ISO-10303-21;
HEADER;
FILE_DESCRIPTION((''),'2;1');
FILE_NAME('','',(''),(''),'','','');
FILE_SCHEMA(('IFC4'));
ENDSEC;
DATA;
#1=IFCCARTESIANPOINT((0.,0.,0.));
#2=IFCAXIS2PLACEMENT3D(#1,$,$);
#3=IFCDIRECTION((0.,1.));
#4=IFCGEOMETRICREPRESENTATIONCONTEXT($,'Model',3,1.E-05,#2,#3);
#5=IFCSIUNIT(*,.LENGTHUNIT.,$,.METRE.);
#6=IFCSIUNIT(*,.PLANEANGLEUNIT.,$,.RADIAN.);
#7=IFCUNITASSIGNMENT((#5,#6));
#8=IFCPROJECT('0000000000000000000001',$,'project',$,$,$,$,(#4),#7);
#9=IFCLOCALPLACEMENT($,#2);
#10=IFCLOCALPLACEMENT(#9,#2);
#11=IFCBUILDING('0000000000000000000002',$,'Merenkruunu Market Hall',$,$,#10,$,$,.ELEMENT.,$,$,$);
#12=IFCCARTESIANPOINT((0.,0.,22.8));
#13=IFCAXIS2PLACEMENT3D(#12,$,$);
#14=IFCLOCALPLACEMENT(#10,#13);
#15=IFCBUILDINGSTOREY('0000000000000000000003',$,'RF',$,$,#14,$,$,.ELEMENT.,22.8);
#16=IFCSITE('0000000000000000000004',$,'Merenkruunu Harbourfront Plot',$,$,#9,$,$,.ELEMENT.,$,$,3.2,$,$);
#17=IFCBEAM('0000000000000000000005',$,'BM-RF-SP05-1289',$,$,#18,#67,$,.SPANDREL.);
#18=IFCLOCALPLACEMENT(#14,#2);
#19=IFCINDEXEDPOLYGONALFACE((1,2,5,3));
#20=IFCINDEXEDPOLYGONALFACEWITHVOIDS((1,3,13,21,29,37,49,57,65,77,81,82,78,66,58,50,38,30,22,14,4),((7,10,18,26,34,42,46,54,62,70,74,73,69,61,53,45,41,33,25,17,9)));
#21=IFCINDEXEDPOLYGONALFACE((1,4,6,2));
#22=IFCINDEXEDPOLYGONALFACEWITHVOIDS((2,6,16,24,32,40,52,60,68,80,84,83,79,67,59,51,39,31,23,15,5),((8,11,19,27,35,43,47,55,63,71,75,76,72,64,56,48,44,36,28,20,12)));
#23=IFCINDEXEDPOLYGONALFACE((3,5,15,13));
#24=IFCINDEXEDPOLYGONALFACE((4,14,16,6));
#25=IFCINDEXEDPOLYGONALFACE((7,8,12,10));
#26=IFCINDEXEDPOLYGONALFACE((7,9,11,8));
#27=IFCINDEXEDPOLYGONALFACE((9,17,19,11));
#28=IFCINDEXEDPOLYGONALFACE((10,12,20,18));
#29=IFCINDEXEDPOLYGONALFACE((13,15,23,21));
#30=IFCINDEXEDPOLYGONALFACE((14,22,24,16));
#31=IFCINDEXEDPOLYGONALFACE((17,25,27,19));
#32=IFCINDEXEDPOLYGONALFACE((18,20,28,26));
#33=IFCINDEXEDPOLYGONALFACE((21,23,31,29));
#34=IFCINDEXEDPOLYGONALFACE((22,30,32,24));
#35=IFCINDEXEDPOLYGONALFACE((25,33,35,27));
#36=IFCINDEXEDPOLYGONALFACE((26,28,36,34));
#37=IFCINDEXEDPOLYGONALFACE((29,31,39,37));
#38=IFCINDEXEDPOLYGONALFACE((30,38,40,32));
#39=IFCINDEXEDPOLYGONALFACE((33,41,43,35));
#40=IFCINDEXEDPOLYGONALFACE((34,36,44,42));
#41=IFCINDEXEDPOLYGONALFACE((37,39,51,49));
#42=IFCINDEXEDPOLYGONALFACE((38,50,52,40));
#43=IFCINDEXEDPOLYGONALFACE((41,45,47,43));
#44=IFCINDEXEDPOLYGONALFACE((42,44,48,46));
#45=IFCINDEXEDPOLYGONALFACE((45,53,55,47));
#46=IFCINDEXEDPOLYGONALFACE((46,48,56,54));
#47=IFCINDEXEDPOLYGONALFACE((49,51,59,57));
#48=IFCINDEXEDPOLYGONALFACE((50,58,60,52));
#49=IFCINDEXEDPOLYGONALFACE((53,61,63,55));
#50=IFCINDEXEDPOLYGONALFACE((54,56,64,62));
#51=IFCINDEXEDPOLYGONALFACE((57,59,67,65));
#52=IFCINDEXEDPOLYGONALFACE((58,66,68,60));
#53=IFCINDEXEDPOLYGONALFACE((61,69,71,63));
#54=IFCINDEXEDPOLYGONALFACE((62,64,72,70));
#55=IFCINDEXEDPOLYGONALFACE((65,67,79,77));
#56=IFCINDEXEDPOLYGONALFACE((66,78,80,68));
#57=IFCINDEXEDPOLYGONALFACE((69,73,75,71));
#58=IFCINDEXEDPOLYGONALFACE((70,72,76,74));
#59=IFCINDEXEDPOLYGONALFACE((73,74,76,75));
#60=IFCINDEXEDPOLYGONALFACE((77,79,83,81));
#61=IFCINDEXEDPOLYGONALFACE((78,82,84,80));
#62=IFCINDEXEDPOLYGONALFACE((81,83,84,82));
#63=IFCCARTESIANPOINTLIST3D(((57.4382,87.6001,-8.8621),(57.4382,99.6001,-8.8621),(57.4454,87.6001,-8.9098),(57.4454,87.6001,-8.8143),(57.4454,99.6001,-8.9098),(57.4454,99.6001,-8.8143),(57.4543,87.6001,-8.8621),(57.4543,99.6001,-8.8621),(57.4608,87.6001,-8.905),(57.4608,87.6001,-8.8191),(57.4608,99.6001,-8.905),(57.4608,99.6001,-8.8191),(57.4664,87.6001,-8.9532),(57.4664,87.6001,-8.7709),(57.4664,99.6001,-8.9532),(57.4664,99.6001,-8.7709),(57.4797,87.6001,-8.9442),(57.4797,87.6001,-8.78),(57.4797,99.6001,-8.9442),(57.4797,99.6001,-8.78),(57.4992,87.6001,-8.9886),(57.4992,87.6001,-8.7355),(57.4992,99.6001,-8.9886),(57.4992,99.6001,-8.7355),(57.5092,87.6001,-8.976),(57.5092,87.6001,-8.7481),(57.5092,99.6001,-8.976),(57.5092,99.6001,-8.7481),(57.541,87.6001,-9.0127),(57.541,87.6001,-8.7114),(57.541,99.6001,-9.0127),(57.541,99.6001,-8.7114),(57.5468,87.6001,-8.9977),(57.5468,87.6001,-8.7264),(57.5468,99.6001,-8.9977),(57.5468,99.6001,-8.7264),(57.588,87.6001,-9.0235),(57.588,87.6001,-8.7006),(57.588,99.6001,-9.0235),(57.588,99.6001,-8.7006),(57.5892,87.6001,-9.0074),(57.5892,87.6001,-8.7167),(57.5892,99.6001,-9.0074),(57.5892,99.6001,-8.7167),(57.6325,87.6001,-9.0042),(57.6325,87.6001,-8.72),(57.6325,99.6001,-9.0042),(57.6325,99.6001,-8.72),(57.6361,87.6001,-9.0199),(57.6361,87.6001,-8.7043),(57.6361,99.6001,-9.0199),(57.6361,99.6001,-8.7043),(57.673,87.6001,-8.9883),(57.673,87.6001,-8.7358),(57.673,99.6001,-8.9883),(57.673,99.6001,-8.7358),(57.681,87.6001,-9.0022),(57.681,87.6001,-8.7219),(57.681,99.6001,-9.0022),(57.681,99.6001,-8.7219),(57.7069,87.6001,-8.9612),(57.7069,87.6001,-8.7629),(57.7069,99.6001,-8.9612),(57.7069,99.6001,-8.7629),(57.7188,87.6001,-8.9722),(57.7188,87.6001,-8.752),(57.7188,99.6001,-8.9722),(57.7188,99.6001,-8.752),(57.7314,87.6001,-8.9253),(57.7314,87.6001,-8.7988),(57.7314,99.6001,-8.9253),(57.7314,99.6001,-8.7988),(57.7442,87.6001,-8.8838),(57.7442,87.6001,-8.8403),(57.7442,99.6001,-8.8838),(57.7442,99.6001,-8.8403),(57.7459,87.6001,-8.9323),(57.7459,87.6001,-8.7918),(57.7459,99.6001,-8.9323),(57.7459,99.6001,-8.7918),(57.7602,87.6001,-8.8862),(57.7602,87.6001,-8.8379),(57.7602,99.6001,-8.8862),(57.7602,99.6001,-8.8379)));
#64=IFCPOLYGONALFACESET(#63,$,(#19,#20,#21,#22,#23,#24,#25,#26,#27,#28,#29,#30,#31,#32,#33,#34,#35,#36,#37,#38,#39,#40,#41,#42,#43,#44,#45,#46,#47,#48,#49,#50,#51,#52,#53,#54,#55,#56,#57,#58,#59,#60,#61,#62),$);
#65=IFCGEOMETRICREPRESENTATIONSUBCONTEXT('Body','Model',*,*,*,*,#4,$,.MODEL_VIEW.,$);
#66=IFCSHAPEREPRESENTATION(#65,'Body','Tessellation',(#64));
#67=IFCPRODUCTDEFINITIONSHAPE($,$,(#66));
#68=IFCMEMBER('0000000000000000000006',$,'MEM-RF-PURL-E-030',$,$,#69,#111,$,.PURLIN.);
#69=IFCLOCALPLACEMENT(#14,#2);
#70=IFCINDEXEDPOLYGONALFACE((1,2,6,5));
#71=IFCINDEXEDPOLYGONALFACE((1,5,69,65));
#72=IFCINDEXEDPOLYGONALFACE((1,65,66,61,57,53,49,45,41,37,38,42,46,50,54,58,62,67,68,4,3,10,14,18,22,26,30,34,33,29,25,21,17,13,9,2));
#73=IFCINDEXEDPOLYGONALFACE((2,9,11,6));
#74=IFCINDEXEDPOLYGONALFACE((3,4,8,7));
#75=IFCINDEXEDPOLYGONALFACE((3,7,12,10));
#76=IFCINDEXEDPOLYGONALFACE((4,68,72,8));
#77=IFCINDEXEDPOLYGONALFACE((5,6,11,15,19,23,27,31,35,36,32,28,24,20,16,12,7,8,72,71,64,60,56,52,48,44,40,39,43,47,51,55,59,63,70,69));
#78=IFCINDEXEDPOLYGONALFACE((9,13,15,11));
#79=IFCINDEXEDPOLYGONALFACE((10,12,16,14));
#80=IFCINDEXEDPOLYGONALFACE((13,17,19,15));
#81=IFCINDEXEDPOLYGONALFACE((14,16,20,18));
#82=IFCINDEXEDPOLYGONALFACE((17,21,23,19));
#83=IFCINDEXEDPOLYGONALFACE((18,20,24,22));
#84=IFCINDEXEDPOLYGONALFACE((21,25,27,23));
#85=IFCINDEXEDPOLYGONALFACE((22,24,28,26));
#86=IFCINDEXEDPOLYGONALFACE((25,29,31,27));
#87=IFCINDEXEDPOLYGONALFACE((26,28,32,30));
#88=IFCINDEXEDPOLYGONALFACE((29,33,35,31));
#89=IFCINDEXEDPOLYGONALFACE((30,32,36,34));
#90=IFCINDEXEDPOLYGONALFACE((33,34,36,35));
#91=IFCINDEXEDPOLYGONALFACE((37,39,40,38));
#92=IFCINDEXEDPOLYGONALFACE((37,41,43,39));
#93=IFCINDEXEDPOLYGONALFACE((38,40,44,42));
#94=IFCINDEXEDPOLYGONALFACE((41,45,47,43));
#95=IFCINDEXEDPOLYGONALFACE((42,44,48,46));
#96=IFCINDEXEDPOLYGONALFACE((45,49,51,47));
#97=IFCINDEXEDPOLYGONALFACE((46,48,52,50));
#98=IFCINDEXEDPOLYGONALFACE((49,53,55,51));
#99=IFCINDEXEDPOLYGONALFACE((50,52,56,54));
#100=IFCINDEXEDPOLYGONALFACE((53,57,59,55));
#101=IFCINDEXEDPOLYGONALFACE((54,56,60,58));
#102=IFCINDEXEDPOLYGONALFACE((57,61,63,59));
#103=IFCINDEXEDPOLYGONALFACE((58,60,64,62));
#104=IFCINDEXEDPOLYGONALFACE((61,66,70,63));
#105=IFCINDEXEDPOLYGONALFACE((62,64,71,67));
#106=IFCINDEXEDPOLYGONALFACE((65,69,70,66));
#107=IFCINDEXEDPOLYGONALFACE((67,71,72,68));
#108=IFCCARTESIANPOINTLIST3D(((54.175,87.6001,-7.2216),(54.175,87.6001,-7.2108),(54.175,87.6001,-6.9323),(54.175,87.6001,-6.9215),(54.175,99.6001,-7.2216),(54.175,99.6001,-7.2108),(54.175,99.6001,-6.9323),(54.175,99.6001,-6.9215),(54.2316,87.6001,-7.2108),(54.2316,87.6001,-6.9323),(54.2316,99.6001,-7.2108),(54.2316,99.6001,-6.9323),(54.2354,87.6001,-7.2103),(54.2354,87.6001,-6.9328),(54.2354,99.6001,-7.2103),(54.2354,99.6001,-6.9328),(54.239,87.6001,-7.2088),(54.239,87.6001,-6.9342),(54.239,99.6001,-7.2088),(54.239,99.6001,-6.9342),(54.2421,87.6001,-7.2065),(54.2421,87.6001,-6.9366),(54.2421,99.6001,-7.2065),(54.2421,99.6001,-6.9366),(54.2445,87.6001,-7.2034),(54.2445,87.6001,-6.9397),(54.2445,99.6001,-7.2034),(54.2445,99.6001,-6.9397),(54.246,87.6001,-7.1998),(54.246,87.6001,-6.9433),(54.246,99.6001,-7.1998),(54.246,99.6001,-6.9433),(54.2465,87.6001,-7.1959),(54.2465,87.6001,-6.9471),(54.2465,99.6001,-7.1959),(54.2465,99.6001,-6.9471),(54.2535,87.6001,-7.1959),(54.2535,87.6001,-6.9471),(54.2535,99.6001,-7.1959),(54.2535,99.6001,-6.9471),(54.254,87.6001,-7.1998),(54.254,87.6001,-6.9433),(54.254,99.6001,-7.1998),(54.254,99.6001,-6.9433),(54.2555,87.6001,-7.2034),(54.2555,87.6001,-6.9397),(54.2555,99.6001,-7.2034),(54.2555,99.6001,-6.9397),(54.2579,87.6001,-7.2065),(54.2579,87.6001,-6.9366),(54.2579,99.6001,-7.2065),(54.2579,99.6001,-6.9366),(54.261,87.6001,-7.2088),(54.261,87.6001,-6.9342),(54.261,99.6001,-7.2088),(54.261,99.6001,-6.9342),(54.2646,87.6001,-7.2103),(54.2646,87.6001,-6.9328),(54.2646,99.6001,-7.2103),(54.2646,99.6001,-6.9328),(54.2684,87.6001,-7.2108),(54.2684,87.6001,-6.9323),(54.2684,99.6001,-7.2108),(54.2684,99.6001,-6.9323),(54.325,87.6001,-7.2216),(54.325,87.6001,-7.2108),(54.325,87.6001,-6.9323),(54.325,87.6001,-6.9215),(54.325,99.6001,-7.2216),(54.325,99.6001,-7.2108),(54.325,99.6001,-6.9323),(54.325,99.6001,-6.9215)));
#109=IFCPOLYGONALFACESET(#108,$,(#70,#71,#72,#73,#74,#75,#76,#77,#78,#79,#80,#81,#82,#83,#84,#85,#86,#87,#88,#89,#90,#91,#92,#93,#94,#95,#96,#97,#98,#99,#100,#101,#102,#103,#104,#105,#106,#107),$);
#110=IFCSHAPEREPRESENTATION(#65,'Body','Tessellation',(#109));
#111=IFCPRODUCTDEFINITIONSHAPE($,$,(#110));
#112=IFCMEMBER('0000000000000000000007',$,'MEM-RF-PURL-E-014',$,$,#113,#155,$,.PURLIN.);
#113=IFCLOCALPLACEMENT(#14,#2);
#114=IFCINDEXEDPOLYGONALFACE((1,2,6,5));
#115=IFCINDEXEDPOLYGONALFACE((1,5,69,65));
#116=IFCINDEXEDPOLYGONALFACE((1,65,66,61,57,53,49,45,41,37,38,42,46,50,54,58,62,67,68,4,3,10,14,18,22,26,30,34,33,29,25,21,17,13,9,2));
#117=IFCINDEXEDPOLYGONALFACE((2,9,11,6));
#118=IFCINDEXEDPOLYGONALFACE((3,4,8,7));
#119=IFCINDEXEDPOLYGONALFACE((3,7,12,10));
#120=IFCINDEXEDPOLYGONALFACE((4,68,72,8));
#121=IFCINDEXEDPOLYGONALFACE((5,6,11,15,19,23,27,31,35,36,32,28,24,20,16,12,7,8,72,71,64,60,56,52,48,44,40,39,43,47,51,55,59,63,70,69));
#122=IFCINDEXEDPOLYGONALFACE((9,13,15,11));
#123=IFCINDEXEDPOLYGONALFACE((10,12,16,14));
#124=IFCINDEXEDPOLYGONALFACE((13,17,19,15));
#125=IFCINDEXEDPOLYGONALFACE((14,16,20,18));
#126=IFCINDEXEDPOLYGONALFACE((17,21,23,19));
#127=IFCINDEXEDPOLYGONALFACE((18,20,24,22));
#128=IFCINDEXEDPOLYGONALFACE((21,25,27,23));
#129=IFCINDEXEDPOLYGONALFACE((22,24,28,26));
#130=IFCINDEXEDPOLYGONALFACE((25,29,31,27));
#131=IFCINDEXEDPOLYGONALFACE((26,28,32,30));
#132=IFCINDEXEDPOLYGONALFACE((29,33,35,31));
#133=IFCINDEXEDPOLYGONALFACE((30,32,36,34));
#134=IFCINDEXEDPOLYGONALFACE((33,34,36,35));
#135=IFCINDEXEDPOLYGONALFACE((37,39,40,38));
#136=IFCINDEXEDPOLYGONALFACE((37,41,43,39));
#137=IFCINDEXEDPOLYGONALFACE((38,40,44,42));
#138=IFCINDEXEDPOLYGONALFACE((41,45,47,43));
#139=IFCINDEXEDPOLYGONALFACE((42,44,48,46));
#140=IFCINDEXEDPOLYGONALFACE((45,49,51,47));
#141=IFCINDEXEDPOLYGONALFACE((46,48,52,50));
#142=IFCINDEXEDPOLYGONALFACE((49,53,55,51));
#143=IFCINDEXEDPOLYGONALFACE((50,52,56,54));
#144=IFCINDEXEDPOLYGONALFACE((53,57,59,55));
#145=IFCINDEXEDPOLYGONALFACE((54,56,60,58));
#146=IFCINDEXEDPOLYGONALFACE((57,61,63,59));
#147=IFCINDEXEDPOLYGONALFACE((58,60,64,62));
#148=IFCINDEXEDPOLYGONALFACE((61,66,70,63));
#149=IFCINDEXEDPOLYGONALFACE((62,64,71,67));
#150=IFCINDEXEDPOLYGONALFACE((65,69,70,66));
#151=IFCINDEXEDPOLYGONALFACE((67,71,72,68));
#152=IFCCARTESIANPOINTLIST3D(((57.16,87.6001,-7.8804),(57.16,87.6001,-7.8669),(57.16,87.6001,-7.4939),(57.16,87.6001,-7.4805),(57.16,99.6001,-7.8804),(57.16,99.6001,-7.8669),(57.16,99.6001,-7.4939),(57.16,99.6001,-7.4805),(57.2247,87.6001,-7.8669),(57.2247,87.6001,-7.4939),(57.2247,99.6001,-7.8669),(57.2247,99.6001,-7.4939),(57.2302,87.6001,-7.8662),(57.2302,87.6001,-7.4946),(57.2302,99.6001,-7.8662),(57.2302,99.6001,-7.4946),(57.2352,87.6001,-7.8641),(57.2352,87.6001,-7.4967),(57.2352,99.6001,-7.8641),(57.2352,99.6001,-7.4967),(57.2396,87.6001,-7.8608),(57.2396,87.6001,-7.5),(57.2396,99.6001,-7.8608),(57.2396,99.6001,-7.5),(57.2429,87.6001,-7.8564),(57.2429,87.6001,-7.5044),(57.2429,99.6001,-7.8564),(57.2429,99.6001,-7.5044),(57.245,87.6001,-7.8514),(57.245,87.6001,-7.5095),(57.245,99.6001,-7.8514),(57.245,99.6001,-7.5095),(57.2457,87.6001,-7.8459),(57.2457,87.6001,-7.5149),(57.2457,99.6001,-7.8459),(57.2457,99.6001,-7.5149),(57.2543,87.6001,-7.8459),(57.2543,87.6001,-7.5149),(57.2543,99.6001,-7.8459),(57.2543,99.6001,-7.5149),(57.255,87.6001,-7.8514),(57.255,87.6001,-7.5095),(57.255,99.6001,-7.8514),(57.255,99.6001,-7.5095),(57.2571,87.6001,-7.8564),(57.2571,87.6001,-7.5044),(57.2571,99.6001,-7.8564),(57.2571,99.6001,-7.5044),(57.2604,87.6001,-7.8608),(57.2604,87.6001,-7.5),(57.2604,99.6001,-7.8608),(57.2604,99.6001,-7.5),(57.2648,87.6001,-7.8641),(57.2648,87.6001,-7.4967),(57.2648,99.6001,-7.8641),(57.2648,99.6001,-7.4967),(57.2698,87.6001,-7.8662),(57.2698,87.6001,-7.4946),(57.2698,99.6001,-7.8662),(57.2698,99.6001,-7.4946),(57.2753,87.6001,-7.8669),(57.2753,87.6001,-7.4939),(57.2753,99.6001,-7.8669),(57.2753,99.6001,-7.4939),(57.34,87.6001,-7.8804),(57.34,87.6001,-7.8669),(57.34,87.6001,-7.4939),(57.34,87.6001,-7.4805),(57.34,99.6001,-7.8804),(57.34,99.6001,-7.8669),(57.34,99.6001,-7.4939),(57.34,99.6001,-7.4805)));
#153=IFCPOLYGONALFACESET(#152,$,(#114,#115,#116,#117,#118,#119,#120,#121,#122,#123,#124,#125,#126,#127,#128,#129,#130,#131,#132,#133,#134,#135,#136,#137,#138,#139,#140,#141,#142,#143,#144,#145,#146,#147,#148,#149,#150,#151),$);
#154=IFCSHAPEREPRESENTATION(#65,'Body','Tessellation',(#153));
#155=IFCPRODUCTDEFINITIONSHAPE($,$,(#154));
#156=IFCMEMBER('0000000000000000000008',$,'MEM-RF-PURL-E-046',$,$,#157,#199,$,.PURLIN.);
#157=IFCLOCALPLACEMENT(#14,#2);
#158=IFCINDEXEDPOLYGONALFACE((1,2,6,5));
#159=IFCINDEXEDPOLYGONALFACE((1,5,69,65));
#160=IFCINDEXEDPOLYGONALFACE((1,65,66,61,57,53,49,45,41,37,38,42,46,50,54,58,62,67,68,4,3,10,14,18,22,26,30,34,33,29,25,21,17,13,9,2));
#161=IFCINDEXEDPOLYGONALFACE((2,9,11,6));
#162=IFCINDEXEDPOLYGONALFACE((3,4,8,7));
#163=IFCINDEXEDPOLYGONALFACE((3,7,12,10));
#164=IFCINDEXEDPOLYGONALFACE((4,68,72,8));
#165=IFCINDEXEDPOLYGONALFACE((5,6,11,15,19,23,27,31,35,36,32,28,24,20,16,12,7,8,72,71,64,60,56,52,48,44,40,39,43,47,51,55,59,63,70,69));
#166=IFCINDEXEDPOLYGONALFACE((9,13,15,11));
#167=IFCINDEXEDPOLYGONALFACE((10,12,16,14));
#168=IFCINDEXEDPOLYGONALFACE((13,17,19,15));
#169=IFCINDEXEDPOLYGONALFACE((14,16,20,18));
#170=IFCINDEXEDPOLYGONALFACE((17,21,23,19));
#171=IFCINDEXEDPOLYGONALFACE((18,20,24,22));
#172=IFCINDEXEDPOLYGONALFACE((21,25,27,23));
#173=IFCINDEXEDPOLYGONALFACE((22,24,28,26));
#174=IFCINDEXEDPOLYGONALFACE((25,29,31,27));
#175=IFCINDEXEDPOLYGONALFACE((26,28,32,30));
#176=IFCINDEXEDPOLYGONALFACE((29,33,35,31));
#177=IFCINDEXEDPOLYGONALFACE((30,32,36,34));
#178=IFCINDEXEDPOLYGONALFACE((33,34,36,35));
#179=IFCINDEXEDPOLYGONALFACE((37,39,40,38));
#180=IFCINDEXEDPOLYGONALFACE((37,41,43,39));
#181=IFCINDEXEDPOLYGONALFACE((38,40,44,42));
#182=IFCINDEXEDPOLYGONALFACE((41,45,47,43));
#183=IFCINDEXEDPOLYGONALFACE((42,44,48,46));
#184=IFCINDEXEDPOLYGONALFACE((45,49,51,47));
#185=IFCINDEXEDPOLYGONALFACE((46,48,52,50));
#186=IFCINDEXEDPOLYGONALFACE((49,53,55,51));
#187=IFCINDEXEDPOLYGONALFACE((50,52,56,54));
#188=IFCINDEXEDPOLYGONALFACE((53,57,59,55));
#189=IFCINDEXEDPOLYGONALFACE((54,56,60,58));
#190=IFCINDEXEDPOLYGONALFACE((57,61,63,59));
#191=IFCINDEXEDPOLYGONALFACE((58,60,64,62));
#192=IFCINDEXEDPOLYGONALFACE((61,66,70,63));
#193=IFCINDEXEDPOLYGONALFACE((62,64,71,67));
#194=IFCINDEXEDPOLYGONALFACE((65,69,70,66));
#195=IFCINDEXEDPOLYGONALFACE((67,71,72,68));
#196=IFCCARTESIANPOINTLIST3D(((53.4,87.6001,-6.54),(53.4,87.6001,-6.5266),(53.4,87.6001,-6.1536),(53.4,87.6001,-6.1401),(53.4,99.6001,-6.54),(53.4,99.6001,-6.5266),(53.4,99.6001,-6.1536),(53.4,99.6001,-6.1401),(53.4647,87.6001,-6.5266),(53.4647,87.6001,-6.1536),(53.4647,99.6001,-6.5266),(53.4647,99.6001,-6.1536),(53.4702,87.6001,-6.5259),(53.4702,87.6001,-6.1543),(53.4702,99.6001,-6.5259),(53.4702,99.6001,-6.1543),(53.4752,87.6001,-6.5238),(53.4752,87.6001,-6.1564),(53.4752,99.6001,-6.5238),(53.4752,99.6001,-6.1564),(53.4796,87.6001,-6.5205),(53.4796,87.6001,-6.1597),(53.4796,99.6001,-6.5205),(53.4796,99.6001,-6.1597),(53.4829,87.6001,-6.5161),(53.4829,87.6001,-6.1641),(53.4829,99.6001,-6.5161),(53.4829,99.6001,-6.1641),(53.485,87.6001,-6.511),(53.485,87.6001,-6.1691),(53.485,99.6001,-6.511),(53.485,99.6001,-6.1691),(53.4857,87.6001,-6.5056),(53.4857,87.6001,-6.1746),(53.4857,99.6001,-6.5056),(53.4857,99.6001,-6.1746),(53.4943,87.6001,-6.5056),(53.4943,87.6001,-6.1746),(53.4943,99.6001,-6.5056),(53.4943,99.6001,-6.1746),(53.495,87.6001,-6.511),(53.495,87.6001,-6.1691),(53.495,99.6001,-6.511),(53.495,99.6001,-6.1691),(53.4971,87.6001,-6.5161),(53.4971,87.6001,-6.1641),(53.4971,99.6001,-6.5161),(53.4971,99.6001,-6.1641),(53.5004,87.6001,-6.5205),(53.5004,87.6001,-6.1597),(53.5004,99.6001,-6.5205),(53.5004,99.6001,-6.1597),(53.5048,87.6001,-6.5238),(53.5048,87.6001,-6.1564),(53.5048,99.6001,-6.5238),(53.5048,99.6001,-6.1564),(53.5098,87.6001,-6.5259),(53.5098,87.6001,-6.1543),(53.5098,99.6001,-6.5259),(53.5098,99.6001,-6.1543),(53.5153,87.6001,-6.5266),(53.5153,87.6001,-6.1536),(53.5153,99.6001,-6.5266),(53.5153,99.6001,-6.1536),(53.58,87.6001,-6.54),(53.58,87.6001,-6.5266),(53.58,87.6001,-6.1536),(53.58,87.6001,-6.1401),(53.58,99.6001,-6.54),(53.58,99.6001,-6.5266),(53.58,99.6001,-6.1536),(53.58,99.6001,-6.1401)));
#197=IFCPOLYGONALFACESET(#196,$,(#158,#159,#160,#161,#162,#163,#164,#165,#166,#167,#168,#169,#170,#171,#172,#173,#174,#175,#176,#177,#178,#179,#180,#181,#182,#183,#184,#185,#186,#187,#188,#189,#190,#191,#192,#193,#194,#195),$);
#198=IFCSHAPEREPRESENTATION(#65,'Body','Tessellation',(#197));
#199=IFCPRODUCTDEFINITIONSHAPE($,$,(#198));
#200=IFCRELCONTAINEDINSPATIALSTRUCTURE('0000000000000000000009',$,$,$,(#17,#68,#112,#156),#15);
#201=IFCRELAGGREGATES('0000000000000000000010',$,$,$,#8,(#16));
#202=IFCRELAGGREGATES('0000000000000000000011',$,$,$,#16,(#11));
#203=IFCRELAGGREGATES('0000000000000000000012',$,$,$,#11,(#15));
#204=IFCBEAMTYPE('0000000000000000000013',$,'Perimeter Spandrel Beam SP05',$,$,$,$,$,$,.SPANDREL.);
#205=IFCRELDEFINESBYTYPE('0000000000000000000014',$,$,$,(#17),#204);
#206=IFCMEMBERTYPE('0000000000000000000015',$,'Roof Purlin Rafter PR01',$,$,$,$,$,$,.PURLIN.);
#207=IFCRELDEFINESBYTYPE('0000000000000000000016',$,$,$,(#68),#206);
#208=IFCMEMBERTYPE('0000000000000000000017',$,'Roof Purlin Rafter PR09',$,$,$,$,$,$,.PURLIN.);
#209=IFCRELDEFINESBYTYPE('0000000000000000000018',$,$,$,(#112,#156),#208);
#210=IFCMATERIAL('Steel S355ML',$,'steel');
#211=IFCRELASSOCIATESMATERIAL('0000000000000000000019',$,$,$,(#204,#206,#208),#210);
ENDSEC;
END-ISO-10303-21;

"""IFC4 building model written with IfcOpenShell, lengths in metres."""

from ifc_helpers import new_model, si_unit, direction, frame, origin, origin_2d, place, context, subcontext, project, spatial, hollow_circle, i_section, extrude, material, material_profile, profile_set, type_object, element, save


model = new_model("IFC4")

# Units and contexts
model_context = context("Model", 3, precision=1e-05, world=origin(), true_north=direction((0.0, 1.0)))
body_context = subcontext(model_context, "Body", "Model", "MODEL_VIEW")
ifc_project = project(units=[si_unit("LENGTHUNIT", "METRE"), si_unit("PLANEANGLEUNIT", "RADIAN")], contexts=[model_context])

# Site, building, storey
site_placement = place(None, origin())
site = spatial("IfcSite", under=ifc_project, at=site_placement, Name="Merenkruunu Harbourfront Plot", CompositionType="ELEMENT", RefElevation=3.2)
building_placement = place(site_placement, origin())
building = spatial("IfcBuilding", under=site, at=building_placement, Name="Merenkruunu Market Hall", CompositionType="ELEMENT")
storey_placement = place(building_placement, frame((0.0, 0.0, 22.8)))
storey = spatial("IfcBuildingStorey", under=building, at=storey_placement, Name="RF", CompositionType="ELEMENT", Elevation=22.8)

# Beam
ifc_material_1 = material(Name="Steel S355ML", Category="steel")
ifc_material_profile_1 = material_profile(ifc_material_1, hollow_circle(Radius=0.1619, WallThickness=0.0161, at=origin_2d()), Name="CHS 323.9x16")
ifc_profile_set_1 = profile_set([ifc_material_profile_1], Name="Steel S355ML")
beam_type = type_object("IfcBeamType", Name="Perimeter Spandrel Beam SP05", PredefinedType="SPANDREL", material=ifc_profile_set_1)
for number, where, z_axis, x_axis, name in (
    (1, (57.6001, 87.6001, -8.8621), (0.0, 1.0, 0.0), (-1.0, 0.0, 0.0), "BM-RF-SP05-1289"),
):
    element("IfcBeam", number, at=place(storey_placement, frame(where, z_axis=z_axis, x_axis=x_axis)), inside=storey, type_object=beam_type, Name=name, PredefinedType="SPANDREL", context=body_context, shape_type="SweptSolid", body=[
        extrude(hollow_circle(Radius=0.1619, WallThickness=0.0161, at=origin_2d()), origin(), (0.0, 0.0, 1.0), 12.0),
    ])

# Members
ifc_material_profile_2 = material_profile(ifc_material_1, i_section(OverallWidth=0.1499, OverallDepth=0.3, WebThickness=0.0071, FlangeThickness=0.0107, FilletRadius=0.0149, at=origin_2d()), Name="IPE 300")
ifc_profile_set_2 = profile_set([ifc_material_profile_2], Name="Steel S355ML")
member_type_1 = type_object("IfcMemberType", Name="Roof Purlin Rafter PR01", PredefinedType="PURLIN", material=ifc_profile_set_2)
member_1_placement = place(storey_placement, frame((54.25, 87.6001, -7.0715), z_axis=(0.0, 1.0, 0.0), x_axis=(-1.0, 0.0, 0.0)))
element("IfcMember", 2, at=member_1_placement, inside=storey, type_object=member_type_1, Name="MEM-RF-PURL-E-030", PredefinedType="PURLIN", context=body_context, shape_type="SweptSolid", body=[
    extrude(i_section(OverallWidth=0.1499, OverallDepth=0.3, WebThickness=0.0071, FlangeThickness=0.0107, FilletRadius=0.0149, at=origin_2d()), origin(), (0.0, 0.0, 1.0), 12.0),
])
ifc_material_profile_3 = material_profile(ifc_material_1, i_section(OverallWidth=0.1799, OverallDepth=0.3999, WebThickness=0.0085, FlangeThickness=0.0134, FilletRadius=0.021, at=origin_2d()), Name="IPE 400")
ifc_profile_set_3 = profile_set([ifc_material_profile_3], Name="Steel S355ML")
member_type_2 = type_object("IfcMemberType", Name="Roof Purlin Rafter PR09", PredefinedType="PURLIN", material=ifc_profile_set_3)
for number, where, z_axis, x_axis, name in (
    (3, (57.25, 87.6001, -7.6804), (0.0, 1.0, 0.0), (-1.0, 0.0, 0.0), "MEM-RF-PURL-E-014"),
    (4, (53.49, 87.6001, -6.3401), (0.0, 1.0, 0.0), (-1.0, 0.0, 0.0), "MEM-RF-PURL-E-046"),
):
    element("IfcMember", number, at=place(storey_placement, frame(where, z_axis=z_axis, x_axis=x_axis)), inside=storey, type_object=member_type_2, Name=name, PredefinedType="PURLIN", context=body_context, shape_type="SweptSolid", body=[
        extrude(i_section(OverallWidth=0.1799, OverallDepth=0.3999, WebThickness=0.0085, FlangeThickness=0.0134, FilletRadius=0.021, at=origin_2d()), origin(), (0.0, 0.0, 1.0), 12.0),
    ])

save(model, "model.ifc")
